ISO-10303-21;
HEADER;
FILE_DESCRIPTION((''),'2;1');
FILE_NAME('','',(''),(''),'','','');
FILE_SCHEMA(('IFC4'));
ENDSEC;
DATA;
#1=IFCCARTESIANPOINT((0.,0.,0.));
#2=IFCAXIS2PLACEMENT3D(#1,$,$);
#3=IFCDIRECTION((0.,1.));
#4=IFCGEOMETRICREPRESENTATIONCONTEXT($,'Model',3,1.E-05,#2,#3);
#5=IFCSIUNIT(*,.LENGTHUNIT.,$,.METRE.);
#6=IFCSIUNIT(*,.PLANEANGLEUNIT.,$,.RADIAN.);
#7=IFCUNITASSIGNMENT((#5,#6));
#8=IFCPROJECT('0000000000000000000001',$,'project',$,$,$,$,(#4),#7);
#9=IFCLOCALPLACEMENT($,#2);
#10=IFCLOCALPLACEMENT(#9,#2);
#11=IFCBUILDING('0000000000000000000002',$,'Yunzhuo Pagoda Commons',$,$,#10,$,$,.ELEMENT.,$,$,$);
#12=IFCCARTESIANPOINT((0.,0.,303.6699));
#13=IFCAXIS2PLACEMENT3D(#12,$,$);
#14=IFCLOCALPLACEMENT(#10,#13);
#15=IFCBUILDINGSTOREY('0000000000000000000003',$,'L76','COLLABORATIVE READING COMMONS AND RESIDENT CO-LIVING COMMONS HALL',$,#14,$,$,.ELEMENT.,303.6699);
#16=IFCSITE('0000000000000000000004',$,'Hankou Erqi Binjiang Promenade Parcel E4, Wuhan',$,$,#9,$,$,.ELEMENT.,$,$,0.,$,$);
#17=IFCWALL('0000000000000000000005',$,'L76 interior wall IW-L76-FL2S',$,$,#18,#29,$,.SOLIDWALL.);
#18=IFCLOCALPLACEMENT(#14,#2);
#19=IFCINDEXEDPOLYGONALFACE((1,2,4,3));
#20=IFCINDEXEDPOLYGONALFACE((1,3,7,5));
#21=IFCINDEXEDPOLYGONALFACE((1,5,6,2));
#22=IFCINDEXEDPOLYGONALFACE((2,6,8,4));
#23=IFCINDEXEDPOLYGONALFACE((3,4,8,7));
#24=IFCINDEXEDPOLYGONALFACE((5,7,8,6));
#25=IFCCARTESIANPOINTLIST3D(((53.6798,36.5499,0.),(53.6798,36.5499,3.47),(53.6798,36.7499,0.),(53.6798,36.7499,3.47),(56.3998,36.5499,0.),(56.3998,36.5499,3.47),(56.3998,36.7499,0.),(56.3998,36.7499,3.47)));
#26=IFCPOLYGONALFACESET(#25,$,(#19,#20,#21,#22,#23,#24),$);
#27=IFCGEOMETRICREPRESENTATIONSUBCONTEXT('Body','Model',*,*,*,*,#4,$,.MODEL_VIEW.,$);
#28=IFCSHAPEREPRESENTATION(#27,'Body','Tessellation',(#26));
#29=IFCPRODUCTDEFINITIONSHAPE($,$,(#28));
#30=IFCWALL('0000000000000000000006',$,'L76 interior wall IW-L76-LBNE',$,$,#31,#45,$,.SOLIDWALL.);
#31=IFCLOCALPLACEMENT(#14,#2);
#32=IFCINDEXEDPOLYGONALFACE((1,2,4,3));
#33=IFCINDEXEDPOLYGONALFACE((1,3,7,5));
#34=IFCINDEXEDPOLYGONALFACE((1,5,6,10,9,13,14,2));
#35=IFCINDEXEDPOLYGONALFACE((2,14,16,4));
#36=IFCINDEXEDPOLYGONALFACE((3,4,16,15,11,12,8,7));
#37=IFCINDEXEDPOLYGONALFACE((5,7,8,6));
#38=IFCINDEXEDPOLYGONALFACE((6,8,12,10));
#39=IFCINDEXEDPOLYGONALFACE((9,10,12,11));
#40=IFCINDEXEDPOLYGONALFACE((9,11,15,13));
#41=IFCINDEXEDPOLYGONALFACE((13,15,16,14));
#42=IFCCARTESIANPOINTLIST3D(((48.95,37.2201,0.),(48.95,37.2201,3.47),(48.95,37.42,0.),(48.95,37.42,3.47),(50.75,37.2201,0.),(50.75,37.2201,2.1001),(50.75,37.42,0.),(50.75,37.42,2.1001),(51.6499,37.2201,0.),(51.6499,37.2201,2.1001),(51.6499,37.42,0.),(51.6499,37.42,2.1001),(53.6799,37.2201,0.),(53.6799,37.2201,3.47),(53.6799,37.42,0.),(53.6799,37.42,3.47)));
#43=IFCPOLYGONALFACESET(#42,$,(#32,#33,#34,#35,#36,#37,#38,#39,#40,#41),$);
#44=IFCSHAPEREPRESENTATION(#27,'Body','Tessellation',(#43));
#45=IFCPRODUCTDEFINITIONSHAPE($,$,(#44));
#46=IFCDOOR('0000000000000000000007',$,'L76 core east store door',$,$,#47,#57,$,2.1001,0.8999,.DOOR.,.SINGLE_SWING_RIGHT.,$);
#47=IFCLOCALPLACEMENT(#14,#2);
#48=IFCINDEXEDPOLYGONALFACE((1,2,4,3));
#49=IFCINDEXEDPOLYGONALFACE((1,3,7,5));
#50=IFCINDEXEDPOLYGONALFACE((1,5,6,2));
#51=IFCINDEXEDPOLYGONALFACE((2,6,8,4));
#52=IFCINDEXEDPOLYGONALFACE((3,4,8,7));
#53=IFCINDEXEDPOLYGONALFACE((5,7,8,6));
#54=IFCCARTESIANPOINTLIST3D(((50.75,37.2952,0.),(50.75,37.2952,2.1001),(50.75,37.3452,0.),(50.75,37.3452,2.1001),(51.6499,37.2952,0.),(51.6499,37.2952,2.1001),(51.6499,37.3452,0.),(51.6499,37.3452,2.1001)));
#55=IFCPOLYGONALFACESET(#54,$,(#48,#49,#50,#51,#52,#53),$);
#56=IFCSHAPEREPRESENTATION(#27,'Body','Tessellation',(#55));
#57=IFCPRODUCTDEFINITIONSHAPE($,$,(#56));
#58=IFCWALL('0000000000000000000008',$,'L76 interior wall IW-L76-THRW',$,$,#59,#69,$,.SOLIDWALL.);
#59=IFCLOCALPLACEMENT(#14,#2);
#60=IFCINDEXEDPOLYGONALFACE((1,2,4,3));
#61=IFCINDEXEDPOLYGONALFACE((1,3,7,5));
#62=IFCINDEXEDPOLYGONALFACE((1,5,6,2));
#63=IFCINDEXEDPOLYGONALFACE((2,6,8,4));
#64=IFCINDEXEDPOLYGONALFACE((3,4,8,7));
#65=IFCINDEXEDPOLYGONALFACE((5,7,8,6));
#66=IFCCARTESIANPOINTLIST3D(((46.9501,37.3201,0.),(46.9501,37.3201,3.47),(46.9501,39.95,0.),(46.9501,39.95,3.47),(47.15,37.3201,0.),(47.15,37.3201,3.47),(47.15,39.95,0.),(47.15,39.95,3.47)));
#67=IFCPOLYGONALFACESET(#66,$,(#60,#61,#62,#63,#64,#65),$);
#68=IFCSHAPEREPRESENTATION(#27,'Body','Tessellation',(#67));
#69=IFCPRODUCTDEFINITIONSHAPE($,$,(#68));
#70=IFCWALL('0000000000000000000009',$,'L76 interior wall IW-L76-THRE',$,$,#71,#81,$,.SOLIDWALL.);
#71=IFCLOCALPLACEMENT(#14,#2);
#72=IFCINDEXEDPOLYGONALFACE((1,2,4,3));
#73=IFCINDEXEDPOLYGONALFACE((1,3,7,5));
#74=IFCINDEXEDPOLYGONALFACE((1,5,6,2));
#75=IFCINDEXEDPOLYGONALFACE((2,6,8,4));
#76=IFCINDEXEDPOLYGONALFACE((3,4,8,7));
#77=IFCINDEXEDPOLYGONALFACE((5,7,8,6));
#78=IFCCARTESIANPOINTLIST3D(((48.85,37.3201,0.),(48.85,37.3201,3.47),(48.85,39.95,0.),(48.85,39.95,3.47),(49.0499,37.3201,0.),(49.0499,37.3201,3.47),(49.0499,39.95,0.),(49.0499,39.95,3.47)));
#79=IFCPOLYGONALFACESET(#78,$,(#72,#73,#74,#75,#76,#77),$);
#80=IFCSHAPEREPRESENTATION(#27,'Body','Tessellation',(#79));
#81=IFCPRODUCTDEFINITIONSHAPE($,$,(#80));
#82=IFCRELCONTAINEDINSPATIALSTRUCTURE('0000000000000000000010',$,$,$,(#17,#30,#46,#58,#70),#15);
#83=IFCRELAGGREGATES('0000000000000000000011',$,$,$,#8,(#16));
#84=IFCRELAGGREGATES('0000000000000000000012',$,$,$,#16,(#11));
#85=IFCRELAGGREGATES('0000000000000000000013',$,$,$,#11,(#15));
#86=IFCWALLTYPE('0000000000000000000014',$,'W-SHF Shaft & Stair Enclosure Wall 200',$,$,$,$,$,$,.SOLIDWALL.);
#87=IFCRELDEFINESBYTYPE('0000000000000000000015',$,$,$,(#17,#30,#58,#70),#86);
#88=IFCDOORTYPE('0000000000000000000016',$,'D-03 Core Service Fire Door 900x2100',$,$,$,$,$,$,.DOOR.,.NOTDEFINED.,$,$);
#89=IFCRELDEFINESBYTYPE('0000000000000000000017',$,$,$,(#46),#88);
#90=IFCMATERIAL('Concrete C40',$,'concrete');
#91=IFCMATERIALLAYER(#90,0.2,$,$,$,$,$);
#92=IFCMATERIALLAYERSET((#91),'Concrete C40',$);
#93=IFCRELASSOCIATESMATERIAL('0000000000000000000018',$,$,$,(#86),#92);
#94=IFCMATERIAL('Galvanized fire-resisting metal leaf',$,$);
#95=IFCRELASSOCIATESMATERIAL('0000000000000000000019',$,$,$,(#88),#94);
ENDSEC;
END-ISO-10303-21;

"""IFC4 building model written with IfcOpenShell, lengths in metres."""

from ifc_helpers import new_model, si_unit, direction, frame, frame_2d, origin, place, context, subcontext, project, spatial, rectangle, extrude, source, transform, mapped, material, layer, layer_set, type_object, element, fill, save


model = new_model("IFC4")

# Units and contexts
model_context = context("Model", 3, precision=1e-05, world=origin(), true_north=direction((0.0, 1.0)))
body_context = subcontext(model_context, "Body", "Model", "MODEL_VIEW")
ifc_project = project(units=[si_unit("LENGTHUNIT", "METRE"), si_unit("PLANEANGLEUNIT", "RADIAN")], contexts=[model_context])

# Site, building, storey
site_placement = place(None, origin())
site = spatial("IfcSite", under=ifc_project, at=site_placement, Name="Hankou Erqi Binjiang Promenade Parcel E4, Wuhan", CompositionType="ELEMENT", RefElevation=0.0)
building_placement = place(site_placement, origin())
building = spatial("IfcBuilding", under=site, at=building_placement, Name="Yunzhuo Pagoda Commons", CompositionType="ELEMENT")
storey_placement = place(building_placement, frame((0.0, 0.0, 303.6699)))
storey = spatial("IfcBuildingStorey", under=building, at=storey_placement, Name="L76", Description="COLLABORATIVE READING COMMONS AND RESIDENT CO-LIVING COMMONS HALL", CompositionType="ELEMENT", Elevation=303.6699)

# Shared definitions
ifc_material_1 = material(Name="Galvanized fire-resisting metal leaf")

# Wall
ifc_material_2 = material(Name="Concrete C40", Category="concrete")
ifc_layer_1 = layer(ifc_material_2, 0.2)
ifc_layer_set_1 = layer_set([ifc_layer_1], Name="Concrete C40")
wall_type_1 = type_object("IfcWallType", Name="W-SHF Shaft & Stair Enclosure Wall 200", PredefinedType="SOLIDWALL", material=ifc_layer_set_1)
wall_1_placement = place(storey_placement, frame((53.6799, 36.6499, 0.0), z_axis=(0.0, 0.0, 1.0), x_axis=(1.0, 0.0, 0.0)))
element("IfcWall", 1, at=wall_1_placement, inside=storey, type_object=wall_type_1, Name="L76 interior wall IW-L76-FL2S", PredefinedType="SOLIDWALL", context=body_context, shape_type="SweptSolid", body=[
    extrude(rectangle(XDim=2.72, YDim=0.2, at=frame_2d((1.3599, 0.0))), origin(), (0.0, 0.0, 1.0), 3.47),
])

# Wall, opening, door
wall_2_placement = place(storey_placement, frame((48.95, 37.3201, 0.0), z_axis=(0.0, 0.0, 1.0), x_axis=(1.0, 0.0, 0.0)))
wall_2 = element("IfcWall", 2, at=wall_2_placement, inside=storey, type_object=wall_type_1, Name="L76 interior wall IW-L76-LBNE", PredefinedType="SOLIDWALL", context=body_context, shape_type="SweptSolid", body=[
    extrude(rectangle(XDim=4.73, YDim=0.2, at=frame_2d((2.365, 0.0))), origin(), (0.0, 0.0, 1.0), 3.47),
])
opening_1_placement = place(wall_2_placement, frame((1.8, 0.0, 0.0)))
opening_1 = element("IfcOpeningElement", 3, at=opening_1_placement, cuts=wall_2, PredefinedType="OPENING", context=body_context, shape_type="SweptSolid", body=[
    extrude(rectangle(XDim=0.8999, YDim=2.1001, at=frame_2d((0.45, 1.05))), frame((0.0, 0.1099, 0.0), z_axis=(0.0, -1.0, 0.0), x_axis=(1.0, 0.0, 0.0)), (0.0, 0.0, 1.0), 0.22),
])
door_type_1 = type_object("IfcDoorType", Name="D-03 Core Service Fire Door 900x2100", OperationType="NOTDEFINED", PredefinedType="DOOR", material=ifc_material_1)
shared_shape_1 = source(origin(), body_context, "Body", "SweptSolid", [
    extrude(rectangle(XDim=0.8999, YDim=2.1001, at=frame_2d((0.45, 1.05))), frame((0.0, 0.0249, 0.0), z_axis=(0.0, -1.0, 0.0), x_axis=(1.0, 0.0, 0.0)), (0.0, 0.0, 1.0), 0.05),
])
door_1_placement = place(opening_1_placement, frame((0.8999, 0.0, 0.0), z_axis=(0.0, 0.0, 1.0), x_axis=(-1.0, 0.0, 0.0)))
door_1 = element("IfcDoor", 4, at=door_1_placement, inside=storey, type_object=door_type_1, Name="L76 core east store door", OperationType="SINGLE_SWING_RIGHT", OverallHeight=2.1001, OverallWidth=0.8999, PredefinedType="DOOR", context=body_context, shape_type="MappedRepresentation", body=[
    mapped(shared_shape_1, transform((0.0, 0.0, 0.0), scale=1.0)),
])
fill(opening_1, door_1)

# Walls
for number, where, z_axis, x_axis, name in (
    (5, (47.05, 37.3201, 0.0), (0.0, 0.0, 1.0), (0.0, 1.0, 0.0), "L76 interior wall IW-L76-THRW"),
    (6, (48.95, 37.3201, 0.0), (0.0, 0.0, 1.0), (0.0, 1.0, 0.0), "L76 interior wall IW-L76-THRE"),
):
    element("IfcWall", number, at=place(storey_placement, frame(where, z_axis=z_axis, x_axis=x_axis)), inside=storey, type_object=wall_type_1, Name=name, PredefinedType="SOLIDWALL", context=body_context, shape_type="SweptSolid", body=[
        extrude(rectangle(XDim=2.6299, YDim=0.2, at=frame_2d((1.3149, 0.0))), origin(), (0.0, 0.0, 1.0), 3.47),
    ])

save(model, "model.ifc")
